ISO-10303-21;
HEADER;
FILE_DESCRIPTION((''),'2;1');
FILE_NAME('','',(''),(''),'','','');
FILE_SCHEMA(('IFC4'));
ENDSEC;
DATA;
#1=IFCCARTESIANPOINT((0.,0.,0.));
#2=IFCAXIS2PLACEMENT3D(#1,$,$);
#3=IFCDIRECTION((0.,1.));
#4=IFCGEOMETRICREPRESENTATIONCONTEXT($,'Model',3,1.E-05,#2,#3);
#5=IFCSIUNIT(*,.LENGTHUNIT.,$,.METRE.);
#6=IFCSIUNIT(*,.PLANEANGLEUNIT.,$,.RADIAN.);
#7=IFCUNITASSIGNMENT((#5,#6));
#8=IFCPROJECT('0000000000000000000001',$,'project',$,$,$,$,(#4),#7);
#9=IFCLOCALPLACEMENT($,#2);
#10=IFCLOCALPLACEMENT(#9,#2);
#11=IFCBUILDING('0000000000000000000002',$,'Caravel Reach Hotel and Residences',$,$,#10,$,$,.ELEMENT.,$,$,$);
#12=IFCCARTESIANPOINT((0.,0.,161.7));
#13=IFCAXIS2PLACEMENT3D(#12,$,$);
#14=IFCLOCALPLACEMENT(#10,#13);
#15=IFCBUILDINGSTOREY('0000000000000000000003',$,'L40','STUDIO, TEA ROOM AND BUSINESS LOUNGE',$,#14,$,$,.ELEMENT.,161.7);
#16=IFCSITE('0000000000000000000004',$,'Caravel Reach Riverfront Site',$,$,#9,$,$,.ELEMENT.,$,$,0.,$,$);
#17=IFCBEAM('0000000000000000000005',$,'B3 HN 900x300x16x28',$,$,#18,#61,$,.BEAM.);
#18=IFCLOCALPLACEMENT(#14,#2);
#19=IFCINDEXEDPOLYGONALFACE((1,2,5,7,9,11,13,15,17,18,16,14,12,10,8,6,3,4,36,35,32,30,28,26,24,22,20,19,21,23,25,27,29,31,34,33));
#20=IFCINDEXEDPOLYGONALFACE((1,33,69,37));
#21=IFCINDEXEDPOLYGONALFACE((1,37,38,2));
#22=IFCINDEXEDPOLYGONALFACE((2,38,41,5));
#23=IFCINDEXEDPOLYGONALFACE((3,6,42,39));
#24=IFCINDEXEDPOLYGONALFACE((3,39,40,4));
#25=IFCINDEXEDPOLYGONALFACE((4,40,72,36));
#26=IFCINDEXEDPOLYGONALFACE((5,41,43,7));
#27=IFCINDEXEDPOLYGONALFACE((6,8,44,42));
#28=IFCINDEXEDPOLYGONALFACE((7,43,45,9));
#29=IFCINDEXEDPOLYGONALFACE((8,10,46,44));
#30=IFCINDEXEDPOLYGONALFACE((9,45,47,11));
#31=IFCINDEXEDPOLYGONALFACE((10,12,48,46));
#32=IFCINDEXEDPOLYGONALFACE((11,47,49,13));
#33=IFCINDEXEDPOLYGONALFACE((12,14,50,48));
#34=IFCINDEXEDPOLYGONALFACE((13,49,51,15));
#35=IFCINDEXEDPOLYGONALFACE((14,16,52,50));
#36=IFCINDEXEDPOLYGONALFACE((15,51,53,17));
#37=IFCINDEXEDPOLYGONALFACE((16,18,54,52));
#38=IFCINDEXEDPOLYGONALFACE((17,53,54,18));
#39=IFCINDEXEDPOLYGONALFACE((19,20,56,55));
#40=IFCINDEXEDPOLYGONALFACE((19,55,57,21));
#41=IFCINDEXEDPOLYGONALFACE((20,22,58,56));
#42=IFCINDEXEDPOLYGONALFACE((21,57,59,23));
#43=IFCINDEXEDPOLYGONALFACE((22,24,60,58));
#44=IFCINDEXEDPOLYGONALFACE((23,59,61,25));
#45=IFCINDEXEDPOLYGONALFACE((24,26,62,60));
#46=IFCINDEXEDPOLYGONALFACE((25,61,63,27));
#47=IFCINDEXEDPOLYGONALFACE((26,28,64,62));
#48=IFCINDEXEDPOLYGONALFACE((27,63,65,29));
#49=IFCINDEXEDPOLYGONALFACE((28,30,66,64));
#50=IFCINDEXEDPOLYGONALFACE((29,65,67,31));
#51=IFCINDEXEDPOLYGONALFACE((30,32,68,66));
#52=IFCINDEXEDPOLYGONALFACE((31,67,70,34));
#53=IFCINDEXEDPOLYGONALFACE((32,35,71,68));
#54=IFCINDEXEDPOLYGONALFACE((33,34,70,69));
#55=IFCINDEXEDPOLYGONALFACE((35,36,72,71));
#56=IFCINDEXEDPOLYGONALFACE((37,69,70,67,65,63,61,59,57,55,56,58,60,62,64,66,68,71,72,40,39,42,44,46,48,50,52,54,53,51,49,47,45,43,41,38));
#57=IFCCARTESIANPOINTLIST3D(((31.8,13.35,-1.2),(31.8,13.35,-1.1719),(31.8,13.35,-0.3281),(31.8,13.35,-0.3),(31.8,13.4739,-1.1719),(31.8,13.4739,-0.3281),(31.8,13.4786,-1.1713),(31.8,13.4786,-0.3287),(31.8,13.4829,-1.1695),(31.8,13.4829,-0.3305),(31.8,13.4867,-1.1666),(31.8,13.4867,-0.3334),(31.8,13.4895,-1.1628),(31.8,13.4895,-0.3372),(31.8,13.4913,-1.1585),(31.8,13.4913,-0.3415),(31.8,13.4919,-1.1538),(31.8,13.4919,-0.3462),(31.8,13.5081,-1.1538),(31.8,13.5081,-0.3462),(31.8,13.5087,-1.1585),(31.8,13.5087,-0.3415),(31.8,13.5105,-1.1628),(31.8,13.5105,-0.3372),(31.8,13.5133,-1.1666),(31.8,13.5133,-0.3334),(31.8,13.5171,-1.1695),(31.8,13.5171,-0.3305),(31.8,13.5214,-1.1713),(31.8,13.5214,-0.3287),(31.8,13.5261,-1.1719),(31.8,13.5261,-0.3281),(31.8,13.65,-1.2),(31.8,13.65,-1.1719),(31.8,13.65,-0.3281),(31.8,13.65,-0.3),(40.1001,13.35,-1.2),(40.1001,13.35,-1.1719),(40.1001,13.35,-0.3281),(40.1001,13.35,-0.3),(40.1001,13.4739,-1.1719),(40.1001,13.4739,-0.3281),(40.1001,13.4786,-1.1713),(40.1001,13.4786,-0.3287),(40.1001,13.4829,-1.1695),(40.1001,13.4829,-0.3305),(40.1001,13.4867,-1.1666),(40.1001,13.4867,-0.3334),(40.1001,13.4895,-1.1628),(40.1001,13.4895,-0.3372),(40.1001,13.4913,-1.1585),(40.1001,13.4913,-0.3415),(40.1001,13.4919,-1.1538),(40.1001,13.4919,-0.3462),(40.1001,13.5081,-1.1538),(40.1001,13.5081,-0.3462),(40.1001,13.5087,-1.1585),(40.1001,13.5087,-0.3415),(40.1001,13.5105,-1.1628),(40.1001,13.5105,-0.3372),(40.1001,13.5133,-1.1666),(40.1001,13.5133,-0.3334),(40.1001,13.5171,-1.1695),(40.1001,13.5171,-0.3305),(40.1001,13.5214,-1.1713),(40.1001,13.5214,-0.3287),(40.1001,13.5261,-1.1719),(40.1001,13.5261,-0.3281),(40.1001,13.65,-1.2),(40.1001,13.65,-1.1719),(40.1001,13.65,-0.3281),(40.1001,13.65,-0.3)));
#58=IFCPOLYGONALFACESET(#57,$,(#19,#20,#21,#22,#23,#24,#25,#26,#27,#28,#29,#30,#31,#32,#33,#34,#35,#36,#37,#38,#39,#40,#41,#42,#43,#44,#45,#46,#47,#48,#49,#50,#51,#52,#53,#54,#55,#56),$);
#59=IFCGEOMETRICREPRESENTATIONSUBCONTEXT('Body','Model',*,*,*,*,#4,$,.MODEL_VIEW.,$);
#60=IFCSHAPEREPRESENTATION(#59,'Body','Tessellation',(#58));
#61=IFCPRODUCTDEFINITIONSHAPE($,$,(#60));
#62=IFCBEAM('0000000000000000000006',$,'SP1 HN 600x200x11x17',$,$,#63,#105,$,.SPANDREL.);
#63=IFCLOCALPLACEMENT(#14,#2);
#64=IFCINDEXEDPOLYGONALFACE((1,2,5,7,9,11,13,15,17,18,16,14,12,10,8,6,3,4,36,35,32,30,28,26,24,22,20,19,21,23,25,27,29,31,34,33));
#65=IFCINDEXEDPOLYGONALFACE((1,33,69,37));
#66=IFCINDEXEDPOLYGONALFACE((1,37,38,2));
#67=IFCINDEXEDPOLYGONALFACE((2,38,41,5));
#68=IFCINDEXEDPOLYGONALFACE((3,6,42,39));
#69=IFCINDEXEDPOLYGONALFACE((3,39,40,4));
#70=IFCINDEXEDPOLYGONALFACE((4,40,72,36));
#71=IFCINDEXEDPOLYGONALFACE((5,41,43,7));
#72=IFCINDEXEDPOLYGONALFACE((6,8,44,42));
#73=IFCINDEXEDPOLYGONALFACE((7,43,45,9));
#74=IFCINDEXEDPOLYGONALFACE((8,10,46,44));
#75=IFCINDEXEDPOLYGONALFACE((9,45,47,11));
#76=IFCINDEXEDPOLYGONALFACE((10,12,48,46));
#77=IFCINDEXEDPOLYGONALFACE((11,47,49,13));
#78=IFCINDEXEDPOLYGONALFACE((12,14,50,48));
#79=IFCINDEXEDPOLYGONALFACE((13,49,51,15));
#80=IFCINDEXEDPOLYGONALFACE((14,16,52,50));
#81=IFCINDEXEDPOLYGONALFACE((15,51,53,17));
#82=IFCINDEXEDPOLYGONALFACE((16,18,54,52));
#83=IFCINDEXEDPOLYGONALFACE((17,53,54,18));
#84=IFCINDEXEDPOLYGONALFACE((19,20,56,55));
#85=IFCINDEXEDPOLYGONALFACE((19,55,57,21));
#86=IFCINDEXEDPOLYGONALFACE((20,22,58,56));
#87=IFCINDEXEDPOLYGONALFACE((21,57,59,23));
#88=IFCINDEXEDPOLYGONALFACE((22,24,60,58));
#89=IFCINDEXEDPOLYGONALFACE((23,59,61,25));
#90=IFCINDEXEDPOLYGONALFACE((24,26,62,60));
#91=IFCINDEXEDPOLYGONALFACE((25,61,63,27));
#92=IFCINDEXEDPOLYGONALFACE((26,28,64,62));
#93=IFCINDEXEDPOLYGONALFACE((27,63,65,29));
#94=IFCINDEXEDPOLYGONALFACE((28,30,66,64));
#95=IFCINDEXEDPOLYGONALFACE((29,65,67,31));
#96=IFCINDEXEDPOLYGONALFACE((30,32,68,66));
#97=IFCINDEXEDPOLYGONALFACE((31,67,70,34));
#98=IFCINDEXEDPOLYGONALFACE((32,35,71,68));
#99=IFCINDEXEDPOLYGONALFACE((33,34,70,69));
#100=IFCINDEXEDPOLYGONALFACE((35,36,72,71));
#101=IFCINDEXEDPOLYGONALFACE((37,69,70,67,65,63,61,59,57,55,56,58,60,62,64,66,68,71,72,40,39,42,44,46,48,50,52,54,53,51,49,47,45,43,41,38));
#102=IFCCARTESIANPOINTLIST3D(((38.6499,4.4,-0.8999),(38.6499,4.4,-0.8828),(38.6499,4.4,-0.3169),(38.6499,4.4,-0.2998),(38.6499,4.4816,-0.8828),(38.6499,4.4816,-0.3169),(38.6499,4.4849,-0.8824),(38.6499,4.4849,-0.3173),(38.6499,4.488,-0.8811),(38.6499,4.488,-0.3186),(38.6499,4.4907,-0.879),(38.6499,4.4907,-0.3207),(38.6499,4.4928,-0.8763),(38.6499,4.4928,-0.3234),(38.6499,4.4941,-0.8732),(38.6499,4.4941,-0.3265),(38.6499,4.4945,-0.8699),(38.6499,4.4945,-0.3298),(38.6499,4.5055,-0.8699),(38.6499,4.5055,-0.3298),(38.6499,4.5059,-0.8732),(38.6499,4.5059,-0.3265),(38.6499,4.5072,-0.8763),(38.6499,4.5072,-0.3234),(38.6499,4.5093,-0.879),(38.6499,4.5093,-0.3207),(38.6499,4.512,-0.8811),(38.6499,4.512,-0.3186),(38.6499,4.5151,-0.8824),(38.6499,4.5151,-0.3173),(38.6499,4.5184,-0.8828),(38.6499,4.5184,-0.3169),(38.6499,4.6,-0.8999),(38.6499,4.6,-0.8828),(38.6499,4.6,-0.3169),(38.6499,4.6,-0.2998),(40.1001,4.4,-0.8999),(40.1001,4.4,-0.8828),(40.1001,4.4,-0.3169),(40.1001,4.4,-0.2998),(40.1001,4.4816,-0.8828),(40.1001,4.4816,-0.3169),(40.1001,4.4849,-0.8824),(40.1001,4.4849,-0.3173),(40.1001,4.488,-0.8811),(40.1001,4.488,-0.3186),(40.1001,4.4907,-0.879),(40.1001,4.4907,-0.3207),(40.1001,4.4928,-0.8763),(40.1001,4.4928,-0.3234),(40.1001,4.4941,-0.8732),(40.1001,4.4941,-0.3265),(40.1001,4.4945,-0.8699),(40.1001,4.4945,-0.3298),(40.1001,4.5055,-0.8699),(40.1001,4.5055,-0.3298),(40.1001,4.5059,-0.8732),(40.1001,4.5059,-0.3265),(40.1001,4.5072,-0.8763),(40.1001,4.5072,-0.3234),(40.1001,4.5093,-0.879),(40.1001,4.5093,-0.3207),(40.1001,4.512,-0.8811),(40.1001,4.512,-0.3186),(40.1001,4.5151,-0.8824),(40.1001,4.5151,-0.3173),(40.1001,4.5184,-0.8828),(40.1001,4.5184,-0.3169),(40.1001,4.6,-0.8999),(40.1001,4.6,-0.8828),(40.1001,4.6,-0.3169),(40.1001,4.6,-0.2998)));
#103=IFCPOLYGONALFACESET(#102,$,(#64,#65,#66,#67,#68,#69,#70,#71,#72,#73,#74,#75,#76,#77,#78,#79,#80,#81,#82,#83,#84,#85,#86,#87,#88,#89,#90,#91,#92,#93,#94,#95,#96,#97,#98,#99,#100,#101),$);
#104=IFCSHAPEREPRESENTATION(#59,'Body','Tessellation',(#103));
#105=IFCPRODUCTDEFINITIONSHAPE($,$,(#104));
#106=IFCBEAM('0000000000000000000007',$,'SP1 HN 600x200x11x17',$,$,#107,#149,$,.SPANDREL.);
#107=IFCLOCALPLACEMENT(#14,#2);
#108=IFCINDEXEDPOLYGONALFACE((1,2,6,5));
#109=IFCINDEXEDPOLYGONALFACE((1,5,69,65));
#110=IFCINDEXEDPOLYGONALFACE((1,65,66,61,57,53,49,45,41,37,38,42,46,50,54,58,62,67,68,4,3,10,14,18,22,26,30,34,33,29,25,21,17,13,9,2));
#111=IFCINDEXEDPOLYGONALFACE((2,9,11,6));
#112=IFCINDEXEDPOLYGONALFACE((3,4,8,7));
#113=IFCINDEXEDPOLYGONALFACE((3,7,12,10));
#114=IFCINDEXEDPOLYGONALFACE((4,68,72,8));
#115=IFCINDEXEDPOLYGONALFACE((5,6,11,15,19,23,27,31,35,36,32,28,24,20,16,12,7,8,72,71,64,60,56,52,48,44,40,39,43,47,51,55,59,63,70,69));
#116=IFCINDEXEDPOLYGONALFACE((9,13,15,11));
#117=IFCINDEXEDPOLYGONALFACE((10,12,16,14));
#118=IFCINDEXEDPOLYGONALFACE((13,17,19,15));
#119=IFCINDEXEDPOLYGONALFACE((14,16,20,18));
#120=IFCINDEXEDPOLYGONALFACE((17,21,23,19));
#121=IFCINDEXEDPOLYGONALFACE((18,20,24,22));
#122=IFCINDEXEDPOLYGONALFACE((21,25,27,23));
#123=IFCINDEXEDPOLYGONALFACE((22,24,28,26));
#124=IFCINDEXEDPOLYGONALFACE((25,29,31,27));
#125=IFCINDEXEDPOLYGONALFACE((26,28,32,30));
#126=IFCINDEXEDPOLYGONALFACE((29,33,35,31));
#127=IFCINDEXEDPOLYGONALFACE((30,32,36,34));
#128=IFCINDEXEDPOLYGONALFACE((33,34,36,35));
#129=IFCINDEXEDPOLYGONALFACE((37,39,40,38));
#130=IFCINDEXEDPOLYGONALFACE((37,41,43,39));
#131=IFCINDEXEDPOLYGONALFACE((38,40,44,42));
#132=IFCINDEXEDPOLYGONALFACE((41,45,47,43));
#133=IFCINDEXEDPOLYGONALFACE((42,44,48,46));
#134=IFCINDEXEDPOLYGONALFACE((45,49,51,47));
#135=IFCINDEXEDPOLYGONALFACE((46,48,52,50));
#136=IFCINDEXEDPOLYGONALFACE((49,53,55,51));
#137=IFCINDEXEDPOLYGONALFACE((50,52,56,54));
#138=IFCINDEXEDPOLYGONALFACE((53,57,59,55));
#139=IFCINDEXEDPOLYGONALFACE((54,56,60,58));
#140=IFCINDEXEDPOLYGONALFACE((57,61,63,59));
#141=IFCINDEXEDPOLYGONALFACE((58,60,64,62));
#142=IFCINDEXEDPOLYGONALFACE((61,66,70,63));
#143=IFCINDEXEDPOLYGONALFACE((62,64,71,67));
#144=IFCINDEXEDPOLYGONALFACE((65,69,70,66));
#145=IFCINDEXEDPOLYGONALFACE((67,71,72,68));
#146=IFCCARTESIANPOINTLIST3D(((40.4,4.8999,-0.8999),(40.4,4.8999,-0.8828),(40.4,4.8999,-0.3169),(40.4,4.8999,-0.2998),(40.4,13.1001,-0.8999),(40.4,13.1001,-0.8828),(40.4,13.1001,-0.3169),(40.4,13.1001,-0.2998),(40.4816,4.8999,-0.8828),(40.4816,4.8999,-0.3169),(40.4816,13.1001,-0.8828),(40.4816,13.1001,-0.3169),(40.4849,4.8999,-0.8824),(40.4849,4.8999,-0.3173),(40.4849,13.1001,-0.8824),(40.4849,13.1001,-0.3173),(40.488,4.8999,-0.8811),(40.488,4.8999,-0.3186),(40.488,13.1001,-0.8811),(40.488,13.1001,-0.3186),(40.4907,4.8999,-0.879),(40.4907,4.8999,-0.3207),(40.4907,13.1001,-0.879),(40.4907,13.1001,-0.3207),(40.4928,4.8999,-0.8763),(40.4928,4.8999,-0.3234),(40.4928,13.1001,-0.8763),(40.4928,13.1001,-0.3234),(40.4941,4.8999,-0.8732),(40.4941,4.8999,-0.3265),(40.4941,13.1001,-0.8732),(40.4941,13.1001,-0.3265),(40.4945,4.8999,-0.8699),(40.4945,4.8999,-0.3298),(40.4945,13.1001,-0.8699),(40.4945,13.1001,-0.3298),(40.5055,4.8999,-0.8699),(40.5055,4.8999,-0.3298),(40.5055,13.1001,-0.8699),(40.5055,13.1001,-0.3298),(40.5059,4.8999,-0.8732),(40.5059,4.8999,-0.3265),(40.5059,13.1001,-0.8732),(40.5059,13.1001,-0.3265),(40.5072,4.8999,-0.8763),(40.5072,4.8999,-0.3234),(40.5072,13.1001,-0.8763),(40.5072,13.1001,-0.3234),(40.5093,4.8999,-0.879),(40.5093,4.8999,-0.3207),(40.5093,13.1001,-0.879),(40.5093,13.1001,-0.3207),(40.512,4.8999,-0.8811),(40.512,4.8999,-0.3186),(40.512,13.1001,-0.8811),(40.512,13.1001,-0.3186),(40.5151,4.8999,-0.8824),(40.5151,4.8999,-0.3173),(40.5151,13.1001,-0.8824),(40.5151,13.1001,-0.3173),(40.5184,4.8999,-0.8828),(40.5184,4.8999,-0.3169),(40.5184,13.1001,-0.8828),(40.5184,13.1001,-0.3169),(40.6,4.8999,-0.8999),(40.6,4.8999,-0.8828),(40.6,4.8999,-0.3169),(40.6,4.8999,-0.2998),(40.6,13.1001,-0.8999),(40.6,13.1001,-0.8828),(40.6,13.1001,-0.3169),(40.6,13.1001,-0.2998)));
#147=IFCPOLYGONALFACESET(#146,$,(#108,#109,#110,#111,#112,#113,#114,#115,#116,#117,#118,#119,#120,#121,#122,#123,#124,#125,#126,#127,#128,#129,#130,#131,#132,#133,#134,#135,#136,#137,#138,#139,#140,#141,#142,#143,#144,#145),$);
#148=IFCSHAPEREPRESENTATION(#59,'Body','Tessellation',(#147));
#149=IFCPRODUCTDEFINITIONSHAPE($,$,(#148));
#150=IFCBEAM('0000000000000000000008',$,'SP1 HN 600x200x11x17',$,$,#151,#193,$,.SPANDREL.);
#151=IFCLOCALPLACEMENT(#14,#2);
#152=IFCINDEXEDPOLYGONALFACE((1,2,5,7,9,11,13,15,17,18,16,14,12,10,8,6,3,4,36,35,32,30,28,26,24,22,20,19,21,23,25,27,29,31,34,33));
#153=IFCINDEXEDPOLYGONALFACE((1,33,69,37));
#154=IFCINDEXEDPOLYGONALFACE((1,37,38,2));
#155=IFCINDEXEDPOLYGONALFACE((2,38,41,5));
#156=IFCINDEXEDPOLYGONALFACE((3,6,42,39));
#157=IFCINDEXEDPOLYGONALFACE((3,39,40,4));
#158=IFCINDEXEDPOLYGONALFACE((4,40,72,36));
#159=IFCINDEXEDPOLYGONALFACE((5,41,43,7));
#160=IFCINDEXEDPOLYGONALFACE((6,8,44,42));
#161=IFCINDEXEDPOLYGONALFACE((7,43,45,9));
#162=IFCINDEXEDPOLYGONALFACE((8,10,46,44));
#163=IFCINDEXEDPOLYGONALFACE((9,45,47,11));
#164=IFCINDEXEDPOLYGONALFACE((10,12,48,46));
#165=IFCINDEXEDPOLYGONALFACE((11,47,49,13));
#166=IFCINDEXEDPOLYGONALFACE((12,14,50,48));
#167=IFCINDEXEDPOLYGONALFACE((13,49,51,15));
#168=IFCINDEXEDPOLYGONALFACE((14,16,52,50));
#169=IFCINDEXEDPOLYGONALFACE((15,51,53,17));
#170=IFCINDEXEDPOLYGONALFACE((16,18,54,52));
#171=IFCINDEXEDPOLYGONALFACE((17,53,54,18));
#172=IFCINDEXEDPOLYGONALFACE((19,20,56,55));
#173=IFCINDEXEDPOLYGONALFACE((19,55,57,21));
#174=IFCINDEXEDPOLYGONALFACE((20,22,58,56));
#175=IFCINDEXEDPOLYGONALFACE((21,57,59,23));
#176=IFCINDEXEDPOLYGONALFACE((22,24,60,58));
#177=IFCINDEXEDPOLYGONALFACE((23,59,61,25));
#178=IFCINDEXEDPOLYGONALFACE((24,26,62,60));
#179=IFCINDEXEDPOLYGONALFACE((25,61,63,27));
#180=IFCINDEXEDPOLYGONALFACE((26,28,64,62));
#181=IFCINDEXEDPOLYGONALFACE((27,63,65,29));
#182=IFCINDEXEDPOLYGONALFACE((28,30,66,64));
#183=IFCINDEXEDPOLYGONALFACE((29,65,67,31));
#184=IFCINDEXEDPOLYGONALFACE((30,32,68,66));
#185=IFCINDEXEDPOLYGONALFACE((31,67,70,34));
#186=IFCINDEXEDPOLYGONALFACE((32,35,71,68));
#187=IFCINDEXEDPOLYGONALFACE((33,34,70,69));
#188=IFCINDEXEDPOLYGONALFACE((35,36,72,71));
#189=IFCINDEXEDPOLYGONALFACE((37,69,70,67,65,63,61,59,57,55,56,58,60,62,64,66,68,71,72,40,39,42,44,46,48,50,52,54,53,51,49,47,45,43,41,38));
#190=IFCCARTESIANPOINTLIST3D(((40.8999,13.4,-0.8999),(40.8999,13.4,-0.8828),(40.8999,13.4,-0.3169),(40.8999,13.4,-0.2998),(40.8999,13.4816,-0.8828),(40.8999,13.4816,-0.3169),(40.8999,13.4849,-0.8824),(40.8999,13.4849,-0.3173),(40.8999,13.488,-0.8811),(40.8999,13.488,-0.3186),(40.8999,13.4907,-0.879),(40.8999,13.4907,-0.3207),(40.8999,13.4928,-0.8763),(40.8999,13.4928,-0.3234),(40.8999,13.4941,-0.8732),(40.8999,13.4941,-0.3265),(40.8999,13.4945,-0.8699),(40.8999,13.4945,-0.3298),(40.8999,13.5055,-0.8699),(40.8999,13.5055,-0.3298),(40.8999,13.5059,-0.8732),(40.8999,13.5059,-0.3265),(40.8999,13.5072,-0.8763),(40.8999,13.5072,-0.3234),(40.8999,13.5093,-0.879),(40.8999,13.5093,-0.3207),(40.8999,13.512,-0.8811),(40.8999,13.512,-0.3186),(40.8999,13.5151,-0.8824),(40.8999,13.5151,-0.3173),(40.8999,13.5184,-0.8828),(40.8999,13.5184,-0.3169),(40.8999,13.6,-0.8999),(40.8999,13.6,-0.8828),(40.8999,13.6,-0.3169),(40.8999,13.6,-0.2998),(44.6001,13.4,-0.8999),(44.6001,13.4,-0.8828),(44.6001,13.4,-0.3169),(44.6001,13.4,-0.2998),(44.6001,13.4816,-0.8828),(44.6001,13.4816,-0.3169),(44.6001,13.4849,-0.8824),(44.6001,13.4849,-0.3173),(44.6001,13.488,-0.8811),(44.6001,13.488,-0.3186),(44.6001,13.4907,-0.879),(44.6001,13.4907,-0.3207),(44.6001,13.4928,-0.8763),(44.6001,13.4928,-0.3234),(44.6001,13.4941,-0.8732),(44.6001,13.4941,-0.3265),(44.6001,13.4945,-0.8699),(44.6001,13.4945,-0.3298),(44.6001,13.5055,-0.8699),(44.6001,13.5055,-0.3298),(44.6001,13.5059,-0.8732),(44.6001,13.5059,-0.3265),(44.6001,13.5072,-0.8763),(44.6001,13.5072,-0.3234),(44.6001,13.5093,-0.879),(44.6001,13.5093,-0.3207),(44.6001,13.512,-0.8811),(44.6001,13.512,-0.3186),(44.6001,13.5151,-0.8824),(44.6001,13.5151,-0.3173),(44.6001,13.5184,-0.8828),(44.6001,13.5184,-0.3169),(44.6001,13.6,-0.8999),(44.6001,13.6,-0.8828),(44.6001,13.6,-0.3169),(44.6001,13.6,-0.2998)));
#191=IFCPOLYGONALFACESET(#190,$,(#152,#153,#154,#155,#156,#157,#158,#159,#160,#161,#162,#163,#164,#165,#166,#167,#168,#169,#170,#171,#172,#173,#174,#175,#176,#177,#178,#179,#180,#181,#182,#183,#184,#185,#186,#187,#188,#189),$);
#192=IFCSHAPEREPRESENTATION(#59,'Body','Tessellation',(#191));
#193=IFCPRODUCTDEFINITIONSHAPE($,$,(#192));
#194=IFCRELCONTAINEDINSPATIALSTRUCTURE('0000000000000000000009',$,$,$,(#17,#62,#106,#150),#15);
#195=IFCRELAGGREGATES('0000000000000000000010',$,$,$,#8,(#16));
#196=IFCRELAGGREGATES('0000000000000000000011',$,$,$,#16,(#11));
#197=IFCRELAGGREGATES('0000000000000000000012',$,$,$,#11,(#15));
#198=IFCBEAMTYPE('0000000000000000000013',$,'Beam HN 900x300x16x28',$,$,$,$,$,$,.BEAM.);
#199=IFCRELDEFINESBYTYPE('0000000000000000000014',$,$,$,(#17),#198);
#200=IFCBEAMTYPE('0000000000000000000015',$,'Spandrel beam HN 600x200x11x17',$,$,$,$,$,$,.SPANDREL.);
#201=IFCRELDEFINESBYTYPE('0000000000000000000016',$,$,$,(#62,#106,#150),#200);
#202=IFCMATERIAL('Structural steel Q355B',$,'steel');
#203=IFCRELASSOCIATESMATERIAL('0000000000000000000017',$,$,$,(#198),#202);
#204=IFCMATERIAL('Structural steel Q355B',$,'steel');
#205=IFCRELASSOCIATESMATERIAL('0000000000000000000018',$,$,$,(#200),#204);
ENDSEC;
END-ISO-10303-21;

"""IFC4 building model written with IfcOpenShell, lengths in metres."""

from ifc_helpers import new_model, si_unit, direction, frame, origin, origin_2d, place, context, subcontext, project, spatial, i_section, extrude, material, material_profile, profile_set, type_object, element, save


model = new_model("IFC4")

# Units and contexts
model_context = context("Model", 3, precision=1e-05, world=origin(), true_north=direction((0.0, 1.0)))
body_context = subcontext(model_context, "Body", "Model", "MODEL_VIEW")
ifc_project = project(units=[si_unit("LENGTHUNIT", "METRE"), si_unit("PLANEANGLEUNIT", "RADIAN")], contexts=[model_context])

# Site, building, storey
site_placement = place(None, origin())
site = spatial("IfcSite", under=ifc_project, at=site_placement, Name="Caravel Reach Riverfront Site", CompositionType="ELEMENT", RefElevation=0.0)
building_placement = place(site_placement, origin())
building = spatial("IfcBuilding", under=site, at=building_placement, Name="Caravel Reach Hotel and Residences", CompositionType="ELEMENT")
storey_placement = place(building_placement, frame((0.0, 0.0, 161.7)))
storey = spatial("IfcBuildingStorey", under=building, at=storey_placement, Name="L40", Description="STUDIO, TEA ROOM AND BUSINESS LOUNGE", CompositionType="ELEMENT", Elevation=161.7)

# Beams
ifc_material_1 = material(Name="Structural steel Q355B", Category="steel")
ifc_material_profile_1 = material_profile(ifc_material_1, i_section(OverallWidth=0.3, OverallDepth=0.8999, WebThickness=0.0161, FlangeThickness=0.0281, FilletRadius=0.0181, at=origin_2d()), Name="HN 900x300x16x28")
ifc_profile_set_1 = profile_set([ifc_material_profile_1], Name="Structural steel Q355B")
beam_type_1 = type_object("IfcBeamType", Name="Beam HN 900x300x16x28", PredefinedType="BEAM", material=ifc_profile_set_1)
beam_1_placement = place(storey_placement, frame((31.8, 13.5, -0.75), z_axis=(1.0, 0.0, 0.0), x_axis=(0.0, 1.0, 0.0)))
element("IfcBeam", 1, at=beam_1_placement, inside=storey, type_object=beam_type_1, Name="B3 HN 900x300x16x28", PredefinedType="BEAM", context=body_context, shape_type="SweptSolid", body=[
    extrude(i_section(OverallWidth=0.3, OverallDepth=0.8999, WebThickness=0.0161, FlangeThickness=0.0281, FilletRadius=0.0181, at=origin_2d()), origin(), (0.0, 0.0, 1.0), 8.3),
])
ifc_material_2 = material(Name="Structural steel Q355B", Category="steel")
ifc_material_profile_2 = material_profile(ifc_material_2, i_section(OverallWidth=0.2, OverallDepth=0.6001, WebThickness=0.011, FlangeThickness=0.0171, FilletRadius=0.0129, at=origin_2d()), Name="HN 600x200x11x17")
ifc_profile_set_2 = profile_set([ifc_material_profile_2], Name="Structural steel Q355B")
beam_type_2 = type_object("IfcBeamType", Name="Spandrel beam HN 600x200x11x17", PredefinedType="SPANDREL", material=ifc_profile_set_2)
beam_2_placement = place(storey_placement, frame((38.6499, 4.5, -0.5999), z_axis=(1.0, 0.0, 0.0), x_axis=(0.0, 1.0, 0.0)))
element("IfcBeam", 2, at=beam_2_placement, inside=storey, type_object=beam_type_2, Name="SP1 HN 600x200x11x17", PredefinedType="SPANDREL", context=body_context, shape_type="SweptSolid", body=[
    extrude(i_section(OverallWidth=0.2, OverallDepth=0.6001, WebThickness=0.011, FlangeThickness=0.0171, FilletRadius=0.0129, at=origin_2d()), origin(), (0.0, 0.0, 1.0), 1.4502),
])
beam_3_placement = place(storey_placement, frame((40.5, 4.8999, -0.5999), z_axis=(0.0, 1.0, 0.0), x_axis=(-1.0, 0.0, 0.0)))
element("IfcBeam", 3, at=beam_3_placement, inside=storey, type_object=beam_type_2, Name="SP1 HN 600x200x11x17", PredefinedType="SPANDREL", context=body_context, shape_type="SweptSolid", body=[
    extrude(i_section(OverallWidth=0.2, OverallDepth=0.6001, WebThickness=0.011, FlangeThickness=0.0171, FilletRadius=0.0129, at=origin_2d()), origin(), (0.0, 0.0, 1.0), 8.2002),
])
beam_4_placement = place(storey_placement, frame((40.8999, 13.5, -0.5999), z_axis=(1.0, 0.0, 0.0), x_axis=(0.0, 1.0, 0.0)))
element("IfcBeam", 4, at=beam_4_placement, inside=storey, type_object=beam_type_2, Name="SP1 HN 600x200x11x17", PredefinedType="SPANDREL", context=body_context, shape_type="SweptSolid", body=[
    extrude(i_section(OverallWidth=0.2, OverallDepth=0.6001, WebThickness=0.011, FlangeThickness=0.0171, FilletRadius=0.0129, at=origin_2d()), origin(), (0.0, 0.0, 1.0), 3.7002),
])

save(model, "model.ifc")
